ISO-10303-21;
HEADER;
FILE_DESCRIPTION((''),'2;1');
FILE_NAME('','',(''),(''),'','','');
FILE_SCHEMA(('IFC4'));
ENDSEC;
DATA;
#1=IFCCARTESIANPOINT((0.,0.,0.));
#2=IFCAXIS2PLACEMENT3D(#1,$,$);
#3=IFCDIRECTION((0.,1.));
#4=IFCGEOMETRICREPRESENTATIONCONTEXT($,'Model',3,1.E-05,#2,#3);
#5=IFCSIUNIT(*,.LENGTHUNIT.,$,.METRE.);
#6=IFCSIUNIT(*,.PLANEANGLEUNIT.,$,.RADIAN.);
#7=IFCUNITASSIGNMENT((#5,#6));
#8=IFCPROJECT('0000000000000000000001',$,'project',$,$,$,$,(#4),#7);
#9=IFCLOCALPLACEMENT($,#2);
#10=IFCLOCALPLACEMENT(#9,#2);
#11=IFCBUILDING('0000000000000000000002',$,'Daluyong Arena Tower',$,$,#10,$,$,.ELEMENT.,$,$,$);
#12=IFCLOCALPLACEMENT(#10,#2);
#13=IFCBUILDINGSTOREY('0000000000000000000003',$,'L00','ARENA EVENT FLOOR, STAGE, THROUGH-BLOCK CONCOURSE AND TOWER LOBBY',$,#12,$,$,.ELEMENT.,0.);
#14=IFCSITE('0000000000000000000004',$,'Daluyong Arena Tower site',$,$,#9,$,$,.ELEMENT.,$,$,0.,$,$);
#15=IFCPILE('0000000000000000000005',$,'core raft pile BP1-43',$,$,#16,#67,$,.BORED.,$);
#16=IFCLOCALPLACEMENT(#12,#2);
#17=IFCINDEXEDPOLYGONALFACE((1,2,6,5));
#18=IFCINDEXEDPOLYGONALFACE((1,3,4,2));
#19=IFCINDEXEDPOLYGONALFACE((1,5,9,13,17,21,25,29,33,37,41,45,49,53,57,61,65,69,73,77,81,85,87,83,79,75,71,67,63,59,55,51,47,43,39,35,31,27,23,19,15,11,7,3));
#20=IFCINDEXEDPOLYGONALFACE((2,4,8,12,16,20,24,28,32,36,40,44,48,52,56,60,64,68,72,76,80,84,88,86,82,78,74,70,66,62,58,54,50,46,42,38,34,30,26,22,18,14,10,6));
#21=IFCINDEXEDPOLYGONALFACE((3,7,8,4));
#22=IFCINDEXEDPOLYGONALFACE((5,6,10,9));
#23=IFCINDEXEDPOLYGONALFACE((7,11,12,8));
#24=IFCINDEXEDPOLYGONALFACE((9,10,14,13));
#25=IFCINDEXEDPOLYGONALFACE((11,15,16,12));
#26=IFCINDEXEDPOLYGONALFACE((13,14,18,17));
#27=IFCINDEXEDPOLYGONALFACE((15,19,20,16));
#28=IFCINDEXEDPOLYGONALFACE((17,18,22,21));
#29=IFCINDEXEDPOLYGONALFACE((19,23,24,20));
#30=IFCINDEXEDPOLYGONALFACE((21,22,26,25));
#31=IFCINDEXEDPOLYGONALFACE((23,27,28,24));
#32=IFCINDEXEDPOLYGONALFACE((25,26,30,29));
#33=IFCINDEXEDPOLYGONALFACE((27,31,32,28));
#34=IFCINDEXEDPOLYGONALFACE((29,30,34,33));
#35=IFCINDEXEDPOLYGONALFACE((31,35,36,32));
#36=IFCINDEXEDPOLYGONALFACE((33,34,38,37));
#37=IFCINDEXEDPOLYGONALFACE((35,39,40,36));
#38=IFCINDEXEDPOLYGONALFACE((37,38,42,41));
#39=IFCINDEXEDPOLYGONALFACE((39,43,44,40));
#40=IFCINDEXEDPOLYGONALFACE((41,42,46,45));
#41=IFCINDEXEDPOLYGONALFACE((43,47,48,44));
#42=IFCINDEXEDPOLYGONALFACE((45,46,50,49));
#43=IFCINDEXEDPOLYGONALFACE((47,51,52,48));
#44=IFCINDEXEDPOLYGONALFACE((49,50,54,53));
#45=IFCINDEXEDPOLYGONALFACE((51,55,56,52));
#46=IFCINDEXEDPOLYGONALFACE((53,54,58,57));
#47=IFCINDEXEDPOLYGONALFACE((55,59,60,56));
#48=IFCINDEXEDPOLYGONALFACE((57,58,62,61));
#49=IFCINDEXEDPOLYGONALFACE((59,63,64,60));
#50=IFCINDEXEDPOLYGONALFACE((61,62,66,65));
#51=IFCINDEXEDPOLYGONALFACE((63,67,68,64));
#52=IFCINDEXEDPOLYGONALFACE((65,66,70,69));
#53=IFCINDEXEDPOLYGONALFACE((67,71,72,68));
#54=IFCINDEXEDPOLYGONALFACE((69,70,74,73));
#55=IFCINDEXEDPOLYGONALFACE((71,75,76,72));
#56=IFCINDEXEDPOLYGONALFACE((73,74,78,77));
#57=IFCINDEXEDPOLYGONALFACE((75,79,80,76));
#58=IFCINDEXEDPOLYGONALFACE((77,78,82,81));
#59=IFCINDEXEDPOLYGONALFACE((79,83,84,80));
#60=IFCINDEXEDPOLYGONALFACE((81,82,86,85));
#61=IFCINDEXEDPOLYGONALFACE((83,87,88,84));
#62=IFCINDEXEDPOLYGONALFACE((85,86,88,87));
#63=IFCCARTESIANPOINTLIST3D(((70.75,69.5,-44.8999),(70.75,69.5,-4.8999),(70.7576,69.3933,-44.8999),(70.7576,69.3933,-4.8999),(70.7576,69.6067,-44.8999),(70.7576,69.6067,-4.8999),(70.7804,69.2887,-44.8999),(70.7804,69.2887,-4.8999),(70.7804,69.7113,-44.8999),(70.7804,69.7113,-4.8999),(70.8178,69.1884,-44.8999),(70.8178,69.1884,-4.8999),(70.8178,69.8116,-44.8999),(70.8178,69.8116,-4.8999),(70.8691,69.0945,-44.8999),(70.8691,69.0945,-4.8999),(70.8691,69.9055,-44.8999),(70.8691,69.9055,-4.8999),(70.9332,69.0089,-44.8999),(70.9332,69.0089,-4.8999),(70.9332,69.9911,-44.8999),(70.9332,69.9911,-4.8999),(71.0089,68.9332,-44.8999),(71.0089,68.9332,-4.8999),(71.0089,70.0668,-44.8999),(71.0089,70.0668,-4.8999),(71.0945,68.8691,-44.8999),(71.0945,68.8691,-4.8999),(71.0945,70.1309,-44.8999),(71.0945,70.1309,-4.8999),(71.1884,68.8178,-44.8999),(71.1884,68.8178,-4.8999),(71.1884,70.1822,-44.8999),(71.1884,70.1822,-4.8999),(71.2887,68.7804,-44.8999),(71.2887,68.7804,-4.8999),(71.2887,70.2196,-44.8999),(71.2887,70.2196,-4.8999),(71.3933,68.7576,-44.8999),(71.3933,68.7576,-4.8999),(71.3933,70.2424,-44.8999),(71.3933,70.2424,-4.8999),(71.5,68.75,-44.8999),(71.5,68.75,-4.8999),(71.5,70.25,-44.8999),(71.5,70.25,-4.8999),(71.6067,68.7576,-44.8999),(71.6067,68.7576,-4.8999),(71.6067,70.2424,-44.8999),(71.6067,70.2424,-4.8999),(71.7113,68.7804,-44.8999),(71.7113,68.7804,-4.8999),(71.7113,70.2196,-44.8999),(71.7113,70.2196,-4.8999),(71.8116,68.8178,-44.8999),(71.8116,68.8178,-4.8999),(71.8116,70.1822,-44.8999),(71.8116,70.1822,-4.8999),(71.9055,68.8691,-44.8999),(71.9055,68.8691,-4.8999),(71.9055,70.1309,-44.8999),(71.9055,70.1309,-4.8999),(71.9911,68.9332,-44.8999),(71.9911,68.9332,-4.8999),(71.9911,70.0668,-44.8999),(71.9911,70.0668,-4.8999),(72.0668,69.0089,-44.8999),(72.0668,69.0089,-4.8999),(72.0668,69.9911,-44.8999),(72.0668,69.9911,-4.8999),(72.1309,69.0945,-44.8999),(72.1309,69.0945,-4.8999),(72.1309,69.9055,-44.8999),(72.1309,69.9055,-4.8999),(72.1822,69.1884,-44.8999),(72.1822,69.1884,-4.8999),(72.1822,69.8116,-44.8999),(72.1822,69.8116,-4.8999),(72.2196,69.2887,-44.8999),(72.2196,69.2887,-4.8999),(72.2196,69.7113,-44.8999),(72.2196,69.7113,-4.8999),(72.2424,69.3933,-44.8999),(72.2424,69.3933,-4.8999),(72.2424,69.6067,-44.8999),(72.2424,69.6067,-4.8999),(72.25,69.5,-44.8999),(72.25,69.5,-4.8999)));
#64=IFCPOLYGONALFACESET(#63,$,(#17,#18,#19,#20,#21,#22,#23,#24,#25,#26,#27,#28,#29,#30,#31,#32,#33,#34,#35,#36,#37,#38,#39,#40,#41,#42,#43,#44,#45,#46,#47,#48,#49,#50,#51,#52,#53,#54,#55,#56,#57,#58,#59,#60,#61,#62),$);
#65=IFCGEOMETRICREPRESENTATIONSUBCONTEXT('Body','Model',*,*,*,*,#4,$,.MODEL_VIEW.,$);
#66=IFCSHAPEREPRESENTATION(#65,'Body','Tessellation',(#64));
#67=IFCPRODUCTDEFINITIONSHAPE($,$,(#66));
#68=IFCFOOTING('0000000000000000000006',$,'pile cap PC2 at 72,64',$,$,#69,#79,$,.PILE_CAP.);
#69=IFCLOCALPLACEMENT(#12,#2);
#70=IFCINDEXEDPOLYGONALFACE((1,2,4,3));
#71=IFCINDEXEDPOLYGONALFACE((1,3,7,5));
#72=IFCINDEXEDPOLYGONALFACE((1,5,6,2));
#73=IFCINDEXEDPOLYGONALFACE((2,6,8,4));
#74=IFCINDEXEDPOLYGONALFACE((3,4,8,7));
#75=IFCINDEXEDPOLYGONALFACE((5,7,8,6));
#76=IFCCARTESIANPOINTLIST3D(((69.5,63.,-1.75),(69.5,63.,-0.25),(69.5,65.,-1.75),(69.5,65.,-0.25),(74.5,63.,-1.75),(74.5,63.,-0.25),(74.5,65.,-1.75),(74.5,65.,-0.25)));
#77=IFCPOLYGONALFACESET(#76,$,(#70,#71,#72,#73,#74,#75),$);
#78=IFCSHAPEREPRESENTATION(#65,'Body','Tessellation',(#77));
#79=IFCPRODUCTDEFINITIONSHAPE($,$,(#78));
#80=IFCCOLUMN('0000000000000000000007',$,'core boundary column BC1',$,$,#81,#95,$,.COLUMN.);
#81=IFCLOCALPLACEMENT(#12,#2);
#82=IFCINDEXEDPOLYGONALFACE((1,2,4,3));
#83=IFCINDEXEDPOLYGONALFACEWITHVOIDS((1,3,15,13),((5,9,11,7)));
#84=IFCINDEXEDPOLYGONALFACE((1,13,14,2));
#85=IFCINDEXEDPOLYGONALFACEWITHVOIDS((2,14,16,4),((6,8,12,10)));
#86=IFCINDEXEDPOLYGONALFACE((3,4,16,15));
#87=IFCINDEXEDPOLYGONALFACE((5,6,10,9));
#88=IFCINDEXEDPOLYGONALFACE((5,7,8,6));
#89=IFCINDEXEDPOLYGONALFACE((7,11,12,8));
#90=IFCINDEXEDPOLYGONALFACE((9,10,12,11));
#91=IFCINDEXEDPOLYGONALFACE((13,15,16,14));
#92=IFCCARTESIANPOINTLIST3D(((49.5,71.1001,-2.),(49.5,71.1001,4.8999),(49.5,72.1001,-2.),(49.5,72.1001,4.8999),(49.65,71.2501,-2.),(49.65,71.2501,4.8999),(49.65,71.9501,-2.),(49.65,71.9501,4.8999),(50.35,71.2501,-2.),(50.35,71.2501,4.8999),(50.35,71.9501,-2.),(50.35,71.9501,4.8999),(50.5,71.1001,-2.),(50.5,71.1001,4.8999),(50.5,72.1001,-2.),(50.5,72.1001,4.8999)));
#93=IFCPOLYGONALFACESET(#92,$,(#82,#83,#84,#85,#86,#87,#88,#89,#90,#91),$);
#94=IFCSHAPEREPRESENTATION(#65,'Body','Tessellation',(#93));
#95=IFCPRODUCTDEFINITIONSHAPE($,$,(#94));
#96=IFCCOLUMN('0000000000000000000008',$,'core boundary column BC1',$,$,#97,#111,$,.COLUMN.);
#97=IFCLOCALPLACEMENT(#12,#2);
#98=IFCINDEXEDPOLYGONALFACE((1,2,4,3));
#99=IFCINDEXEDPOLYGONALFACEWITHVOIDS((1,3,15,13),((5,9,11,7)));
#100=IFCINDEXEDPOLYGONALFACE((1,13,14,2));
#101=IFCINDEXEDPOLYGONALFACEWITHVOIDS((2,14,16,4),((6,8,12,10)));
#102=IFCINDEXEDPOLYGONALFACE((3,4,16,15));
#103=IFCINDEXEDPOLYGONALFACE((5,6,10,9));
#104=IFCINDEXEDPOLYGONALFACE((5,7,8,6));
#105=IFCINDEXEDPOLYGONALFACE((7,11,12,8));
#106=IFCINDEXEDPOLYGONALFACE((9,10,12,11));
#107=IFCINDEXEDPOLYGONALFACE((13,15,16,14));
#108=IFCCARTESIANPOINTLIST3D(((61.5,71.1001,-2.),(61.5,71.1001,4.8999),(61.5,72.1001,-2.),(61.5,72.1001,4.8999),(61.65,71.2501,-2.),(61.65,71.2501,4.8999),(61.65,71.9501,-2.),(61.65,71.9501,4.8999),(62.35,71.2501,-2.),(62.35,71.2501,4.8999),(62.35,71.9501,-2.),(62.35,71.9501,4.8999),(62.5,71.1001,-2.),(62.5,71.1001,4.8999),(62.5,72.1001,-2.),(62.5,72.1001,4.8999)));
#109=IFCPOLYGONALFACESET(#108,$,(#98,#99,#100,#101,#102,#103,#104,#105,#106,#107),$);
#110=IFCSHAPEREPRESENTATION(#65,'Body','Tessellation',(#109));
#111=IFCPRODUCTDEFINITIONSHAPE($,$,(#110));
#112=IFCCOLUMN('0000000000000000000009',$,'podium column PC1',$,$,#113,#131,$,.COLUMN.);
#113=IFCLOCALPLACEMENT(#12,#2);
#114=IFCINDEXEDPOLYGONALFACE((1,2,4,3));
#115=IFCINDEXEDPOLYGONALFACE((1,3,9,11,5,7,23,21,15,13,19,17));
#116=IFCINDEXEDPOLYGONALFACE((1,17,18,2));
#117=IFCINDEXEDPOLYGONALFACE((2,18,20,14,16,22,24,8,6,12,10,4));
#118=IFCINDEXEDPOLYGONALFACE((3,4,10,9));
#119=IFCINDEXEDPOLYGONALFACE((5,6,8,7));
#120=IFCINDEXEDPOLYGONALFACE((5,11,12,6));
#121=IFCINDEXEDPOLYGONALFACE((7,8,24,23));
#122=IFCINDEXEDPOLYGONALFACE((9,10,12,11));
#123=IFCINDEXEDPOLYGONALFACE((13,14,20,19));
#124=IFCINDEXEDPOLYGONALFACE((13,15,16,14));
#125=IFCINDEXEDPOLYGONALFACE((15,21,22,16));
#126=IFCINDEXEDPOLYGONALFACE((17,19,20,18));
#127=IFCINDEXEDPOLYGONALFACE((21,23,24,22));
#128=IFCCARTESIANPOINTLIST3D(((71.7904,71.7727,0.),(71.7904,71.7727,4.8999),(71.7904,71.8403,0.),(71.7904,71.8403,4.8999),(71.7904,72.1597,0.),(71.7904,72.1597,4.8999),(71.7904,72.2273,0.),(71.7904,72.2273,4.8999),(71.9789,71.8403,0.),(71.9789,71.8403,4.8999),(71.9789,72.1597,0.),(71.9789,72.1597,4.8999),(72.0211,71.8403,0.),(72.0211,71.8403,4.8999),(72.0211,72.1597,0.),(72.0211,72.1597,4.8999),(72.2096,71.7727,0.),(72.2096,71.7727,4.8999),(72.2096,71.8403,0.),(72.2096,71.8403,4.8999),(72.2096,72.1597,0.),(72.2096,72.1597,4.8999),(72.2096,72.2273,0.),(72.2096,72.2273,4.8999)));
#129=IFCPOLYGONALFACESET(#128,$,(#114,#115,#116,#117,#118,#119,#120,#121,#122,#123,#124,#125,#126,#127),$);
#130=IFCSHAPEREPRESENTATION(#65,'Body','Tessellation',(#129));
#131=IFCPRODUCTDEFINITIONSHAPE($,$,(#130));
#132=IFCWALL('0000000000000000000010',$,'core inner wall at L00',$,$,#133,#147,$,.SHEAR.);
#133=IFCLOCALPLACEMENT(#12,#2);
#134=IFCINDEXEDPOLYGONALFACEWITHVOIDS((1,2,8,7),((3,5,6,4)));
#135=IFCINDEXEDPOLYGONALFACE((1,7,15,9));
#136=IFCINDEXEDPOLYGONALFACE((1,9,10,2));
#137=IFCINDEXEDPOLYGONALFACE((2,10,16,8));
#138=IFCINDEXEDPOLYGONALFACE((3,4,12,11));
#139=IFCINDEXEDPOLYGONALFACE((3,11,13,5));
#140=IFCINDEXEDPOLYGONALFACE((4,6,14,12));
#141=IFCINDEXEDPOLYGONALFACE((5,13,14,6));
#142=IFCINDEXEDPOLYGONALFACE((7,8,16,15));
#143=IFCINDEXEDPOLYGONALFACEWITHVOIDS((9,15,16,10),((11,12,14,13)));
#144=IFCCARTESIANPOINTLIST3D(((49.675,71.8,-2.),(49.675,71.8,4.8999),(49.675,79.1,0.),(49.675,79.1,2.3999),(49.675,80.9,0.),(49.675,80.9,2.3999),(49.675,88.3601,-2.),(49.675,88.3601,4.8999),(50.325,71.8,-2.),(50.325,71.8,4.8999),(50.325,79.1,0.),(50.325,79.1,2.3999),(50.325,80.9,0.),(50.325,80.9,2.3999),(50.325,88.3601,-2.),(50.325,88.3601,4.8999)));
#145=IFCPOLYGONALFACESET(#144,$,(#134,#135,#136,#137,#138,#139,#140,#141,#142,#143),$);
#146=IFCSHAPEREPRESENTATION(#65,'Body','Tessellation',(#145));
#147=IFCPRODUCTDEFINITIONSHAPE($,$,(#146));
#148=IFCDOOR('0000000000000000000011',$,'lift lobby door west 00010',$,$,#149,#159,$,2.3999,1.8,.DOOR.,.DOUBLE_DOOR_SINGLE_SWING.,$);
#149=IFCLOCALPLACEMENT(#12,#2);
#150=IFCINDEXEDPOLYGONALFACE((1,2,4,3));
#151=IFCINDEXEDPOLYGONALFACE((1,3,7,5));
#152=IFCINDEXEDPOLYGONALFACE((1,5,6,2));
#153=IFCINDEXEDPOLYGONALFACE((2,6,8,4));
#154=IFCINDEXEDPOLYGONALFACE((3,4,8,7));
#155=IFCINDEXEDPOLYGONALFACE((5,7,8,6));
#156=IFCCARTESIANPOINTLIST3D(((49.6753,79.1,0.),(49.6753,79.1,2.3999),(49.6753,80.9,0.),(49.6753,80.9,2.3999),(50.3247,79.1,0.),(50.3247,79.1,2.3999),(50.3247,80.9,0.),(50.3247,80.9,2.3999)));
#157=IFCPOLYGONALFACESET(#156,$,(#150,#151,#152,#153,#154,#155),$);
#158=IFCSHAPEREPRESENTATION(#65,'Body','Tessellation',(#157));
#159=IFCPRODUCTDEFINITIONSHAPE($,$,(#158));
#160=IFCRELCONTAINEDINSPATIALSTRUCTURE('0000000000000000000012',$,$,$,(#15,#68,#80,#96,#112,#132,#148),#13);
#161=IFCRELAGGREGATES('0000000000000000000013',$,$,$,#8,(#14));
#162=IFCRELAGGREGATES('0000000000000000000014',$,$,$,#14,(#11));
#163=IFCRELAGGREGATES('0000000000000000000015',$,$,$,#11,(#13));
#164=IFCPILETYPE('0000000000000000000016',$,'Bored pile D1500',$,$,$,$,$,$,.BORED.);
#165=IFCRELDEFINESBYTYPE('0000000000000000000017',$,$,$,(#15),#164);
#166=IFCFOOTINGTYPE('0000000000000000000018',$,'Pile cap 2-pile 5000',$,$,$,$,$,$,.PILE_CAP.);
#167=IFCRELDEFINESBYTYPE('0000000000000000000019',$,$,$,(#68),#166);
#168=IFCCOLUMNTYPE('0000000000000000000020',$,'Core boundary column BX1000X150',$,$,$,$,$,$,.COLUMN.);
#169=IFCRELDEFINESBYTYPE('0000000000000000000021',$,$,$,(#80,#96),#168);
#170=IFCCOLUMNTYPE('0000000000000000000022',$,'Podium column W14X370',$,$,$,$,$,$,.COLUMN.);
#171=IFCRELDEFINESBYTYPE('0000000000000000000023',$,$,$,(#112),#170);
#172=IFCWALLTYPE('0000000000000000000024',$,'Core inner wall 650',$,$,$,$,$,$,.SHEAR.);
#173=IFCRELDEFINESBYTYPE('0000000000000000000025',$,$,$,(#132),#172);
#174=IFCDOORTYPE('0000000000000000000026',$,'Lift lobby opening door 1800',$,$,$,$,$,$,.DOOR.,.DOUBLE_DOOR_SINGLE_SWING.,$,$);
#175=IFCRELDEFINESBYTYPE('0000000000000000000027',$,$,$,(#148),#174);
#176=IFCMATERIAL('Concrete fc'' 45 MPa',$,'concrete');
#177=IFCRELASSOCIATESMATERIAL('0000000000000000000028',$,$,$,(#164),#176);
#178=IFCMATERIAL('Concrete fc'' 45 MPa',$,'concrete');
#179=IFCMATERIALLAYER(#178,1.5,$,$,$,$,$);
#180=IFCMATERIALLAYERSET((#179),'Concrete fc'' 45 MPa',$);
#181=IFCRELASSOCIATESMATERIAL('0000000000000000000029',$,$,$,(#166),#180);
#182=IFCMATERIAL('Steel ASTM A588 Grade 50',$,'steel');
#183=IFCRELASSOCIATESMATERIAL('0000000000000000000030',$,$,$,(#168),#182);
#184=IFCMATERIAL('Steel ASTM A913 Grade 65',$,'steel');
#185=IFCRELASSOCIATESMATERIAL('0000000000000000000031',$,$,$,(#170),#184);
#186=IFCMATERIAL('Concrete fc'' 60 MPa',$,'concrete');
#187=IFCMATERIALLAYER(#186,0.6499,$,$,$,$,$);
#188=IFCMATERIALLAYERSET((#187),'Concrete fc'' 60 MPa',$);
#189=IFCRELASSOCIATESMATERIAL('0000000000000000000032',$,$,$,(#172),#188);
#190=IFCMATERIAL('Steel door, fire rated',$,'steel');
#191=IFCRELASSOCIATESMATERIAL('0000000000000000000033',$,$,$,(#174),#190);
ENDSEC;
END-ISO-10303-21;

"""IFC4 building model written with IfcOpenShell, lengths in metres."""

from ifc_helpers import new_model, si_unit, direction, frame, frame_2d, origin, origin_2d, place, context, subcontext, project, spatial, rectangle, hollow_rectangle, circle, i_section, extrude, material, layer, layer_set, material_profile, profile_set, type_object, element, fill, save


model = new_model("IFC4")

# Units and contexts
model_context = context("Model", 3, precision=1e-05, world=origin(), true_north=direction((0.0, 1.0)))
body_context = subcontext(model_context, "Body", "Model", "MODEL_VIEW")
ifc_project = project(units=[si_unit("LENGTHUNIT", "METRE"), si_unit("PLANEANGLEUNIT", "RADIAN")], contexts=[model_context])

# Site, building, storey
site_placement = place(None, origin())
site = spatial("IfcSite", under=ifc_project, at=site_placement, Name="Daluyong Arena Tower site", CompositionType="ELEMENT", RefElevation=0.0)
building_placement = place(site_placement, origin())
building = spatial("IfcBuilding", under=site, at=building_placement, Name="Daluyong Arena Tower", CompositionType="ELEMENT")
storey_placement = place(building_placement, origin())
storey = spatial("IfcBuildingStorey", under=building, at=storey_placement, Name="L00", Description="ARENA EVENT FLOOR, STAGE, THROUGH-BLOCK CONCOURSE AND TOWER LOBBY", CompositionType="ELEMENT", Elevation=0.0)

# Pile
ifc_material_1 = material(Name="Concrete fc' 45 MPa", Category="concrete")
pile_type_1 = type_object("IfcPileType", Name="Bored pile D1500", PredefinedType="BORED", material=ifc_material_1)
for number, where, z_axis, x_axis, name in (
    (1, (71.5, 69.5, -4.8999), (0.0, 0.0, -1.0), (1.0, 0.0, 0.0), "core raft pile BP1-43"),
):
    element("IfcPile", number, at=place(storey_placement, frame(where, z_axis=z_axis, x_axis=x_axis)), inside=storey, type_object=pile_type_1, Name=name, PredefinedType="BORED", context=body_context, shape_type="SweptSolid", body=[
        extrude(circle(Radius=0.75, at=origin_2d()), origin(), (0.0, 0.0, 1.0), 40.0),
    ])

# Footing
ifc_material_2 = material(Name="Concrete fc' 45 MPa", Category="concrete")
ifc_layer_1 = layer(ifc_material_2, 1.5)
ifc_layer_set_1 = layer_set([ifc_layer_1], Name="Concrete fc' 45 MPa")
footing_type = type_object("IfcFootingType", Name="Pile cap 2-pile 5000", PredefinedType="PILE_CAP", material=ifc_layer_set_1)
footing_placement = place(storey_placement, frame((72.0, 64.0, -1.75), z_axis=(0.0, 0.0, 1.0), x_axis=(1.0, 0.0, 0.0)))
element("IfcFooting", 2, at=footing_placement, inside=storey, type_object=footing_type, Name="pile cap PC2 at 72,64", PredefinedType="PILE_CAP", context=body_context, shape_type="SweptSolid", body=[
    extrude(rectangle(XDim=5.0, YDim=2.0, at=origin_2d()), origin(), (0.0, 0.0, 1.0), 1.5),
])

# Columns
ifc_material_3 = material(Name="Steel ASTM A588 Grade 50", Category="steel")
ifc_material_profile_1 = material_profile(ifc_material_3, hollow_rectangle(XDim=1.0, YDim=1.0, WallThickness=0.15, at=origin_2d()))
ifc_profile_set_1 = profile_set([ifc_material_profile_1], Name="Steel ASTM A588 Grade 50")
column_type_1 = type_object("IfcColumnType", Name="Core boundary column BX1000X150", PredefinedType="COLUMN", material=ifc_profile_set_1)
for number, where, z_axis, x_axis, name in (
    (3, (50.0, 71.6001, -2.0), (0.0, 0.0, 1.0), (1.0, 0.0, 0.0), "core boundary column BC1"),
    (4, (62.0, 71.6001, -2.0), (0.0, 0.0, 1.0), (1.0, 0.0, 0.0), "core boundary column BC1"),
):
    element("IfcColumn", number, at=place(storey_placement, frame(where, z_axis=z_axis, x_axis=x_axis)), inside=storey, type_object=column_type_1, Name=name, PredefinedType="COLUMN", context=body_context, shape_type="SweptSolid", body=[
        extrude(hollow_rectangle(XDim=1.0, YDim=1.0, WallThickness=0.15, at=origin_2d()), origin(), (0.0, 0.0, 1.0), 6.8999),
    ])
ifc_material_4 = material(Name="Steel ASTM A913 Grade 65", Category="steel")
ifc_material_profile_2 = material_profile(ifc_material_4, i_section(OverallWidth=0.4192, OverallDepth=0.4546, WebThickness=0.0422, FlangeThickness=0.0676, at=origin_2d()))
ifc_profile_set_2 = profile_set([ifc_material_profile_2], Name="Steel ASTM A913 Grade 65")
column_type_2 = type_object("IfcColumnType", Name="Podium column W14X370", PredefinedType="COLUMN", material=ifc_profile_set_2)
column_placement = place(storey_placement, frame((72.0, 72.0, 0.0), z_axis=(0.0, 0.0, 1.0), x_axis=(1.0, 0.0, 0.0)))
element("IfcColumn", 5, at=column_placement, inside=storey, type_object=column_type_2, Name="podium column PC1", PredefinedType="COLUMN", context=body_context, shape_type="SweptSolid", body=[
    extrude(i_section(OverallWidth=0.4192, OverallDepth=0.4546, WebThickness=0.0422, FlangeThickness=0.0676, at=origin_2d()), origin(), (0.0, 0.0, 1.0), 4.8999),
])

# Wall, opening, door
ifc_material_5 = material(Name="Concrete fc' 60 MPa", Category="concrete")
ifc_layer_2 = layer(ifc_material_5, 0.6499)
ifc_layer_set_2 = layer_set([ifc_layer_2], Name="Concrete fc' 60 MPa")
wall_type_1 = type_object("IfcWallType", Name="Core inner wall 650", PredefinedType="SHEAR", material=ifc_layer_set_2)
wall_1_placement = place(storey_placement, frame((50.0, 71.8, -2.0), z_axis=(0.0, 0.0, 1.0), x_axis=(0.0, 1.0, 0.0)))
wall_1 = element("IfcWall", 6, at=wall_1_placement, inside=storey, type_object=wall_type_1, Name="core inner wall at L00", PredefinedType="SHEAR", context=body_context, shape_type="SweptSolid", body=[
    extrude(rectangle(XDim=16.5601, YDim=0.6499, at=frame_2d((8.28, 0.0))), origin(), (0.0, 0.0, 1.0), 6.8999),
])
opening_1_placement = place(wall_1_placement, frame((7.3, 0.0, 2.0)))
opening_1 = element("IfcOpeningElement", 7, at=opening_1_placement, cuts=wall_1, PredefinedType="OPENING", context=body_context, shape_type="SweptSolid", body=[
    extrude(rectangle(XDim=1.8, YDim=2.3999, at=frame_2d((0.8999, 1.2))), frame((0.0, 0.335, 0.0), z_axis=(0.0, -1.0, 0.0), x_axis=(1.0, 0.0, 0.0)), (0.0, 0.0, 1.0), 0.6699),
])
ifc_material_6 = material(Name="Steel door, fire rated", Category="steel")
door_type_1 = type_object("IfcDoorType", Name="Lift lobby opening door 1800", OperationType="DOUBLE_DOOR_SINGLE_SWING", PredefinedType="DOOR", material=ifc_material_6)
door_1_placement = place(opening_1_placement, origin())
door_1 = element("IfcDoor", 8, at=door_1_placement, inside=storey, type_object=door_type_1, Name="lift lobby door west 00010", OperationType="DOUBLE_DOOR_SINGLE_SWING", OverallHeight=2.3999, OverallWidth=1.8, PredefinedType="DOOR", context=body_context, shape_type="SweptSolid", body=[
    extrude(rectangle(XDim=1.8, YDim=2.3999, at=frame_2d((0.8999, 1.2))), frame((0.0, 0.3247, 0.0), z_axis=(0.0, -1.0, 0.0), x_axis=(1.0, 0.0, 0.0)), (0.0, 0.0, 1.0), 0.6494),
])
fill(opening_1, door_1)

save(model, "model.ifc")
